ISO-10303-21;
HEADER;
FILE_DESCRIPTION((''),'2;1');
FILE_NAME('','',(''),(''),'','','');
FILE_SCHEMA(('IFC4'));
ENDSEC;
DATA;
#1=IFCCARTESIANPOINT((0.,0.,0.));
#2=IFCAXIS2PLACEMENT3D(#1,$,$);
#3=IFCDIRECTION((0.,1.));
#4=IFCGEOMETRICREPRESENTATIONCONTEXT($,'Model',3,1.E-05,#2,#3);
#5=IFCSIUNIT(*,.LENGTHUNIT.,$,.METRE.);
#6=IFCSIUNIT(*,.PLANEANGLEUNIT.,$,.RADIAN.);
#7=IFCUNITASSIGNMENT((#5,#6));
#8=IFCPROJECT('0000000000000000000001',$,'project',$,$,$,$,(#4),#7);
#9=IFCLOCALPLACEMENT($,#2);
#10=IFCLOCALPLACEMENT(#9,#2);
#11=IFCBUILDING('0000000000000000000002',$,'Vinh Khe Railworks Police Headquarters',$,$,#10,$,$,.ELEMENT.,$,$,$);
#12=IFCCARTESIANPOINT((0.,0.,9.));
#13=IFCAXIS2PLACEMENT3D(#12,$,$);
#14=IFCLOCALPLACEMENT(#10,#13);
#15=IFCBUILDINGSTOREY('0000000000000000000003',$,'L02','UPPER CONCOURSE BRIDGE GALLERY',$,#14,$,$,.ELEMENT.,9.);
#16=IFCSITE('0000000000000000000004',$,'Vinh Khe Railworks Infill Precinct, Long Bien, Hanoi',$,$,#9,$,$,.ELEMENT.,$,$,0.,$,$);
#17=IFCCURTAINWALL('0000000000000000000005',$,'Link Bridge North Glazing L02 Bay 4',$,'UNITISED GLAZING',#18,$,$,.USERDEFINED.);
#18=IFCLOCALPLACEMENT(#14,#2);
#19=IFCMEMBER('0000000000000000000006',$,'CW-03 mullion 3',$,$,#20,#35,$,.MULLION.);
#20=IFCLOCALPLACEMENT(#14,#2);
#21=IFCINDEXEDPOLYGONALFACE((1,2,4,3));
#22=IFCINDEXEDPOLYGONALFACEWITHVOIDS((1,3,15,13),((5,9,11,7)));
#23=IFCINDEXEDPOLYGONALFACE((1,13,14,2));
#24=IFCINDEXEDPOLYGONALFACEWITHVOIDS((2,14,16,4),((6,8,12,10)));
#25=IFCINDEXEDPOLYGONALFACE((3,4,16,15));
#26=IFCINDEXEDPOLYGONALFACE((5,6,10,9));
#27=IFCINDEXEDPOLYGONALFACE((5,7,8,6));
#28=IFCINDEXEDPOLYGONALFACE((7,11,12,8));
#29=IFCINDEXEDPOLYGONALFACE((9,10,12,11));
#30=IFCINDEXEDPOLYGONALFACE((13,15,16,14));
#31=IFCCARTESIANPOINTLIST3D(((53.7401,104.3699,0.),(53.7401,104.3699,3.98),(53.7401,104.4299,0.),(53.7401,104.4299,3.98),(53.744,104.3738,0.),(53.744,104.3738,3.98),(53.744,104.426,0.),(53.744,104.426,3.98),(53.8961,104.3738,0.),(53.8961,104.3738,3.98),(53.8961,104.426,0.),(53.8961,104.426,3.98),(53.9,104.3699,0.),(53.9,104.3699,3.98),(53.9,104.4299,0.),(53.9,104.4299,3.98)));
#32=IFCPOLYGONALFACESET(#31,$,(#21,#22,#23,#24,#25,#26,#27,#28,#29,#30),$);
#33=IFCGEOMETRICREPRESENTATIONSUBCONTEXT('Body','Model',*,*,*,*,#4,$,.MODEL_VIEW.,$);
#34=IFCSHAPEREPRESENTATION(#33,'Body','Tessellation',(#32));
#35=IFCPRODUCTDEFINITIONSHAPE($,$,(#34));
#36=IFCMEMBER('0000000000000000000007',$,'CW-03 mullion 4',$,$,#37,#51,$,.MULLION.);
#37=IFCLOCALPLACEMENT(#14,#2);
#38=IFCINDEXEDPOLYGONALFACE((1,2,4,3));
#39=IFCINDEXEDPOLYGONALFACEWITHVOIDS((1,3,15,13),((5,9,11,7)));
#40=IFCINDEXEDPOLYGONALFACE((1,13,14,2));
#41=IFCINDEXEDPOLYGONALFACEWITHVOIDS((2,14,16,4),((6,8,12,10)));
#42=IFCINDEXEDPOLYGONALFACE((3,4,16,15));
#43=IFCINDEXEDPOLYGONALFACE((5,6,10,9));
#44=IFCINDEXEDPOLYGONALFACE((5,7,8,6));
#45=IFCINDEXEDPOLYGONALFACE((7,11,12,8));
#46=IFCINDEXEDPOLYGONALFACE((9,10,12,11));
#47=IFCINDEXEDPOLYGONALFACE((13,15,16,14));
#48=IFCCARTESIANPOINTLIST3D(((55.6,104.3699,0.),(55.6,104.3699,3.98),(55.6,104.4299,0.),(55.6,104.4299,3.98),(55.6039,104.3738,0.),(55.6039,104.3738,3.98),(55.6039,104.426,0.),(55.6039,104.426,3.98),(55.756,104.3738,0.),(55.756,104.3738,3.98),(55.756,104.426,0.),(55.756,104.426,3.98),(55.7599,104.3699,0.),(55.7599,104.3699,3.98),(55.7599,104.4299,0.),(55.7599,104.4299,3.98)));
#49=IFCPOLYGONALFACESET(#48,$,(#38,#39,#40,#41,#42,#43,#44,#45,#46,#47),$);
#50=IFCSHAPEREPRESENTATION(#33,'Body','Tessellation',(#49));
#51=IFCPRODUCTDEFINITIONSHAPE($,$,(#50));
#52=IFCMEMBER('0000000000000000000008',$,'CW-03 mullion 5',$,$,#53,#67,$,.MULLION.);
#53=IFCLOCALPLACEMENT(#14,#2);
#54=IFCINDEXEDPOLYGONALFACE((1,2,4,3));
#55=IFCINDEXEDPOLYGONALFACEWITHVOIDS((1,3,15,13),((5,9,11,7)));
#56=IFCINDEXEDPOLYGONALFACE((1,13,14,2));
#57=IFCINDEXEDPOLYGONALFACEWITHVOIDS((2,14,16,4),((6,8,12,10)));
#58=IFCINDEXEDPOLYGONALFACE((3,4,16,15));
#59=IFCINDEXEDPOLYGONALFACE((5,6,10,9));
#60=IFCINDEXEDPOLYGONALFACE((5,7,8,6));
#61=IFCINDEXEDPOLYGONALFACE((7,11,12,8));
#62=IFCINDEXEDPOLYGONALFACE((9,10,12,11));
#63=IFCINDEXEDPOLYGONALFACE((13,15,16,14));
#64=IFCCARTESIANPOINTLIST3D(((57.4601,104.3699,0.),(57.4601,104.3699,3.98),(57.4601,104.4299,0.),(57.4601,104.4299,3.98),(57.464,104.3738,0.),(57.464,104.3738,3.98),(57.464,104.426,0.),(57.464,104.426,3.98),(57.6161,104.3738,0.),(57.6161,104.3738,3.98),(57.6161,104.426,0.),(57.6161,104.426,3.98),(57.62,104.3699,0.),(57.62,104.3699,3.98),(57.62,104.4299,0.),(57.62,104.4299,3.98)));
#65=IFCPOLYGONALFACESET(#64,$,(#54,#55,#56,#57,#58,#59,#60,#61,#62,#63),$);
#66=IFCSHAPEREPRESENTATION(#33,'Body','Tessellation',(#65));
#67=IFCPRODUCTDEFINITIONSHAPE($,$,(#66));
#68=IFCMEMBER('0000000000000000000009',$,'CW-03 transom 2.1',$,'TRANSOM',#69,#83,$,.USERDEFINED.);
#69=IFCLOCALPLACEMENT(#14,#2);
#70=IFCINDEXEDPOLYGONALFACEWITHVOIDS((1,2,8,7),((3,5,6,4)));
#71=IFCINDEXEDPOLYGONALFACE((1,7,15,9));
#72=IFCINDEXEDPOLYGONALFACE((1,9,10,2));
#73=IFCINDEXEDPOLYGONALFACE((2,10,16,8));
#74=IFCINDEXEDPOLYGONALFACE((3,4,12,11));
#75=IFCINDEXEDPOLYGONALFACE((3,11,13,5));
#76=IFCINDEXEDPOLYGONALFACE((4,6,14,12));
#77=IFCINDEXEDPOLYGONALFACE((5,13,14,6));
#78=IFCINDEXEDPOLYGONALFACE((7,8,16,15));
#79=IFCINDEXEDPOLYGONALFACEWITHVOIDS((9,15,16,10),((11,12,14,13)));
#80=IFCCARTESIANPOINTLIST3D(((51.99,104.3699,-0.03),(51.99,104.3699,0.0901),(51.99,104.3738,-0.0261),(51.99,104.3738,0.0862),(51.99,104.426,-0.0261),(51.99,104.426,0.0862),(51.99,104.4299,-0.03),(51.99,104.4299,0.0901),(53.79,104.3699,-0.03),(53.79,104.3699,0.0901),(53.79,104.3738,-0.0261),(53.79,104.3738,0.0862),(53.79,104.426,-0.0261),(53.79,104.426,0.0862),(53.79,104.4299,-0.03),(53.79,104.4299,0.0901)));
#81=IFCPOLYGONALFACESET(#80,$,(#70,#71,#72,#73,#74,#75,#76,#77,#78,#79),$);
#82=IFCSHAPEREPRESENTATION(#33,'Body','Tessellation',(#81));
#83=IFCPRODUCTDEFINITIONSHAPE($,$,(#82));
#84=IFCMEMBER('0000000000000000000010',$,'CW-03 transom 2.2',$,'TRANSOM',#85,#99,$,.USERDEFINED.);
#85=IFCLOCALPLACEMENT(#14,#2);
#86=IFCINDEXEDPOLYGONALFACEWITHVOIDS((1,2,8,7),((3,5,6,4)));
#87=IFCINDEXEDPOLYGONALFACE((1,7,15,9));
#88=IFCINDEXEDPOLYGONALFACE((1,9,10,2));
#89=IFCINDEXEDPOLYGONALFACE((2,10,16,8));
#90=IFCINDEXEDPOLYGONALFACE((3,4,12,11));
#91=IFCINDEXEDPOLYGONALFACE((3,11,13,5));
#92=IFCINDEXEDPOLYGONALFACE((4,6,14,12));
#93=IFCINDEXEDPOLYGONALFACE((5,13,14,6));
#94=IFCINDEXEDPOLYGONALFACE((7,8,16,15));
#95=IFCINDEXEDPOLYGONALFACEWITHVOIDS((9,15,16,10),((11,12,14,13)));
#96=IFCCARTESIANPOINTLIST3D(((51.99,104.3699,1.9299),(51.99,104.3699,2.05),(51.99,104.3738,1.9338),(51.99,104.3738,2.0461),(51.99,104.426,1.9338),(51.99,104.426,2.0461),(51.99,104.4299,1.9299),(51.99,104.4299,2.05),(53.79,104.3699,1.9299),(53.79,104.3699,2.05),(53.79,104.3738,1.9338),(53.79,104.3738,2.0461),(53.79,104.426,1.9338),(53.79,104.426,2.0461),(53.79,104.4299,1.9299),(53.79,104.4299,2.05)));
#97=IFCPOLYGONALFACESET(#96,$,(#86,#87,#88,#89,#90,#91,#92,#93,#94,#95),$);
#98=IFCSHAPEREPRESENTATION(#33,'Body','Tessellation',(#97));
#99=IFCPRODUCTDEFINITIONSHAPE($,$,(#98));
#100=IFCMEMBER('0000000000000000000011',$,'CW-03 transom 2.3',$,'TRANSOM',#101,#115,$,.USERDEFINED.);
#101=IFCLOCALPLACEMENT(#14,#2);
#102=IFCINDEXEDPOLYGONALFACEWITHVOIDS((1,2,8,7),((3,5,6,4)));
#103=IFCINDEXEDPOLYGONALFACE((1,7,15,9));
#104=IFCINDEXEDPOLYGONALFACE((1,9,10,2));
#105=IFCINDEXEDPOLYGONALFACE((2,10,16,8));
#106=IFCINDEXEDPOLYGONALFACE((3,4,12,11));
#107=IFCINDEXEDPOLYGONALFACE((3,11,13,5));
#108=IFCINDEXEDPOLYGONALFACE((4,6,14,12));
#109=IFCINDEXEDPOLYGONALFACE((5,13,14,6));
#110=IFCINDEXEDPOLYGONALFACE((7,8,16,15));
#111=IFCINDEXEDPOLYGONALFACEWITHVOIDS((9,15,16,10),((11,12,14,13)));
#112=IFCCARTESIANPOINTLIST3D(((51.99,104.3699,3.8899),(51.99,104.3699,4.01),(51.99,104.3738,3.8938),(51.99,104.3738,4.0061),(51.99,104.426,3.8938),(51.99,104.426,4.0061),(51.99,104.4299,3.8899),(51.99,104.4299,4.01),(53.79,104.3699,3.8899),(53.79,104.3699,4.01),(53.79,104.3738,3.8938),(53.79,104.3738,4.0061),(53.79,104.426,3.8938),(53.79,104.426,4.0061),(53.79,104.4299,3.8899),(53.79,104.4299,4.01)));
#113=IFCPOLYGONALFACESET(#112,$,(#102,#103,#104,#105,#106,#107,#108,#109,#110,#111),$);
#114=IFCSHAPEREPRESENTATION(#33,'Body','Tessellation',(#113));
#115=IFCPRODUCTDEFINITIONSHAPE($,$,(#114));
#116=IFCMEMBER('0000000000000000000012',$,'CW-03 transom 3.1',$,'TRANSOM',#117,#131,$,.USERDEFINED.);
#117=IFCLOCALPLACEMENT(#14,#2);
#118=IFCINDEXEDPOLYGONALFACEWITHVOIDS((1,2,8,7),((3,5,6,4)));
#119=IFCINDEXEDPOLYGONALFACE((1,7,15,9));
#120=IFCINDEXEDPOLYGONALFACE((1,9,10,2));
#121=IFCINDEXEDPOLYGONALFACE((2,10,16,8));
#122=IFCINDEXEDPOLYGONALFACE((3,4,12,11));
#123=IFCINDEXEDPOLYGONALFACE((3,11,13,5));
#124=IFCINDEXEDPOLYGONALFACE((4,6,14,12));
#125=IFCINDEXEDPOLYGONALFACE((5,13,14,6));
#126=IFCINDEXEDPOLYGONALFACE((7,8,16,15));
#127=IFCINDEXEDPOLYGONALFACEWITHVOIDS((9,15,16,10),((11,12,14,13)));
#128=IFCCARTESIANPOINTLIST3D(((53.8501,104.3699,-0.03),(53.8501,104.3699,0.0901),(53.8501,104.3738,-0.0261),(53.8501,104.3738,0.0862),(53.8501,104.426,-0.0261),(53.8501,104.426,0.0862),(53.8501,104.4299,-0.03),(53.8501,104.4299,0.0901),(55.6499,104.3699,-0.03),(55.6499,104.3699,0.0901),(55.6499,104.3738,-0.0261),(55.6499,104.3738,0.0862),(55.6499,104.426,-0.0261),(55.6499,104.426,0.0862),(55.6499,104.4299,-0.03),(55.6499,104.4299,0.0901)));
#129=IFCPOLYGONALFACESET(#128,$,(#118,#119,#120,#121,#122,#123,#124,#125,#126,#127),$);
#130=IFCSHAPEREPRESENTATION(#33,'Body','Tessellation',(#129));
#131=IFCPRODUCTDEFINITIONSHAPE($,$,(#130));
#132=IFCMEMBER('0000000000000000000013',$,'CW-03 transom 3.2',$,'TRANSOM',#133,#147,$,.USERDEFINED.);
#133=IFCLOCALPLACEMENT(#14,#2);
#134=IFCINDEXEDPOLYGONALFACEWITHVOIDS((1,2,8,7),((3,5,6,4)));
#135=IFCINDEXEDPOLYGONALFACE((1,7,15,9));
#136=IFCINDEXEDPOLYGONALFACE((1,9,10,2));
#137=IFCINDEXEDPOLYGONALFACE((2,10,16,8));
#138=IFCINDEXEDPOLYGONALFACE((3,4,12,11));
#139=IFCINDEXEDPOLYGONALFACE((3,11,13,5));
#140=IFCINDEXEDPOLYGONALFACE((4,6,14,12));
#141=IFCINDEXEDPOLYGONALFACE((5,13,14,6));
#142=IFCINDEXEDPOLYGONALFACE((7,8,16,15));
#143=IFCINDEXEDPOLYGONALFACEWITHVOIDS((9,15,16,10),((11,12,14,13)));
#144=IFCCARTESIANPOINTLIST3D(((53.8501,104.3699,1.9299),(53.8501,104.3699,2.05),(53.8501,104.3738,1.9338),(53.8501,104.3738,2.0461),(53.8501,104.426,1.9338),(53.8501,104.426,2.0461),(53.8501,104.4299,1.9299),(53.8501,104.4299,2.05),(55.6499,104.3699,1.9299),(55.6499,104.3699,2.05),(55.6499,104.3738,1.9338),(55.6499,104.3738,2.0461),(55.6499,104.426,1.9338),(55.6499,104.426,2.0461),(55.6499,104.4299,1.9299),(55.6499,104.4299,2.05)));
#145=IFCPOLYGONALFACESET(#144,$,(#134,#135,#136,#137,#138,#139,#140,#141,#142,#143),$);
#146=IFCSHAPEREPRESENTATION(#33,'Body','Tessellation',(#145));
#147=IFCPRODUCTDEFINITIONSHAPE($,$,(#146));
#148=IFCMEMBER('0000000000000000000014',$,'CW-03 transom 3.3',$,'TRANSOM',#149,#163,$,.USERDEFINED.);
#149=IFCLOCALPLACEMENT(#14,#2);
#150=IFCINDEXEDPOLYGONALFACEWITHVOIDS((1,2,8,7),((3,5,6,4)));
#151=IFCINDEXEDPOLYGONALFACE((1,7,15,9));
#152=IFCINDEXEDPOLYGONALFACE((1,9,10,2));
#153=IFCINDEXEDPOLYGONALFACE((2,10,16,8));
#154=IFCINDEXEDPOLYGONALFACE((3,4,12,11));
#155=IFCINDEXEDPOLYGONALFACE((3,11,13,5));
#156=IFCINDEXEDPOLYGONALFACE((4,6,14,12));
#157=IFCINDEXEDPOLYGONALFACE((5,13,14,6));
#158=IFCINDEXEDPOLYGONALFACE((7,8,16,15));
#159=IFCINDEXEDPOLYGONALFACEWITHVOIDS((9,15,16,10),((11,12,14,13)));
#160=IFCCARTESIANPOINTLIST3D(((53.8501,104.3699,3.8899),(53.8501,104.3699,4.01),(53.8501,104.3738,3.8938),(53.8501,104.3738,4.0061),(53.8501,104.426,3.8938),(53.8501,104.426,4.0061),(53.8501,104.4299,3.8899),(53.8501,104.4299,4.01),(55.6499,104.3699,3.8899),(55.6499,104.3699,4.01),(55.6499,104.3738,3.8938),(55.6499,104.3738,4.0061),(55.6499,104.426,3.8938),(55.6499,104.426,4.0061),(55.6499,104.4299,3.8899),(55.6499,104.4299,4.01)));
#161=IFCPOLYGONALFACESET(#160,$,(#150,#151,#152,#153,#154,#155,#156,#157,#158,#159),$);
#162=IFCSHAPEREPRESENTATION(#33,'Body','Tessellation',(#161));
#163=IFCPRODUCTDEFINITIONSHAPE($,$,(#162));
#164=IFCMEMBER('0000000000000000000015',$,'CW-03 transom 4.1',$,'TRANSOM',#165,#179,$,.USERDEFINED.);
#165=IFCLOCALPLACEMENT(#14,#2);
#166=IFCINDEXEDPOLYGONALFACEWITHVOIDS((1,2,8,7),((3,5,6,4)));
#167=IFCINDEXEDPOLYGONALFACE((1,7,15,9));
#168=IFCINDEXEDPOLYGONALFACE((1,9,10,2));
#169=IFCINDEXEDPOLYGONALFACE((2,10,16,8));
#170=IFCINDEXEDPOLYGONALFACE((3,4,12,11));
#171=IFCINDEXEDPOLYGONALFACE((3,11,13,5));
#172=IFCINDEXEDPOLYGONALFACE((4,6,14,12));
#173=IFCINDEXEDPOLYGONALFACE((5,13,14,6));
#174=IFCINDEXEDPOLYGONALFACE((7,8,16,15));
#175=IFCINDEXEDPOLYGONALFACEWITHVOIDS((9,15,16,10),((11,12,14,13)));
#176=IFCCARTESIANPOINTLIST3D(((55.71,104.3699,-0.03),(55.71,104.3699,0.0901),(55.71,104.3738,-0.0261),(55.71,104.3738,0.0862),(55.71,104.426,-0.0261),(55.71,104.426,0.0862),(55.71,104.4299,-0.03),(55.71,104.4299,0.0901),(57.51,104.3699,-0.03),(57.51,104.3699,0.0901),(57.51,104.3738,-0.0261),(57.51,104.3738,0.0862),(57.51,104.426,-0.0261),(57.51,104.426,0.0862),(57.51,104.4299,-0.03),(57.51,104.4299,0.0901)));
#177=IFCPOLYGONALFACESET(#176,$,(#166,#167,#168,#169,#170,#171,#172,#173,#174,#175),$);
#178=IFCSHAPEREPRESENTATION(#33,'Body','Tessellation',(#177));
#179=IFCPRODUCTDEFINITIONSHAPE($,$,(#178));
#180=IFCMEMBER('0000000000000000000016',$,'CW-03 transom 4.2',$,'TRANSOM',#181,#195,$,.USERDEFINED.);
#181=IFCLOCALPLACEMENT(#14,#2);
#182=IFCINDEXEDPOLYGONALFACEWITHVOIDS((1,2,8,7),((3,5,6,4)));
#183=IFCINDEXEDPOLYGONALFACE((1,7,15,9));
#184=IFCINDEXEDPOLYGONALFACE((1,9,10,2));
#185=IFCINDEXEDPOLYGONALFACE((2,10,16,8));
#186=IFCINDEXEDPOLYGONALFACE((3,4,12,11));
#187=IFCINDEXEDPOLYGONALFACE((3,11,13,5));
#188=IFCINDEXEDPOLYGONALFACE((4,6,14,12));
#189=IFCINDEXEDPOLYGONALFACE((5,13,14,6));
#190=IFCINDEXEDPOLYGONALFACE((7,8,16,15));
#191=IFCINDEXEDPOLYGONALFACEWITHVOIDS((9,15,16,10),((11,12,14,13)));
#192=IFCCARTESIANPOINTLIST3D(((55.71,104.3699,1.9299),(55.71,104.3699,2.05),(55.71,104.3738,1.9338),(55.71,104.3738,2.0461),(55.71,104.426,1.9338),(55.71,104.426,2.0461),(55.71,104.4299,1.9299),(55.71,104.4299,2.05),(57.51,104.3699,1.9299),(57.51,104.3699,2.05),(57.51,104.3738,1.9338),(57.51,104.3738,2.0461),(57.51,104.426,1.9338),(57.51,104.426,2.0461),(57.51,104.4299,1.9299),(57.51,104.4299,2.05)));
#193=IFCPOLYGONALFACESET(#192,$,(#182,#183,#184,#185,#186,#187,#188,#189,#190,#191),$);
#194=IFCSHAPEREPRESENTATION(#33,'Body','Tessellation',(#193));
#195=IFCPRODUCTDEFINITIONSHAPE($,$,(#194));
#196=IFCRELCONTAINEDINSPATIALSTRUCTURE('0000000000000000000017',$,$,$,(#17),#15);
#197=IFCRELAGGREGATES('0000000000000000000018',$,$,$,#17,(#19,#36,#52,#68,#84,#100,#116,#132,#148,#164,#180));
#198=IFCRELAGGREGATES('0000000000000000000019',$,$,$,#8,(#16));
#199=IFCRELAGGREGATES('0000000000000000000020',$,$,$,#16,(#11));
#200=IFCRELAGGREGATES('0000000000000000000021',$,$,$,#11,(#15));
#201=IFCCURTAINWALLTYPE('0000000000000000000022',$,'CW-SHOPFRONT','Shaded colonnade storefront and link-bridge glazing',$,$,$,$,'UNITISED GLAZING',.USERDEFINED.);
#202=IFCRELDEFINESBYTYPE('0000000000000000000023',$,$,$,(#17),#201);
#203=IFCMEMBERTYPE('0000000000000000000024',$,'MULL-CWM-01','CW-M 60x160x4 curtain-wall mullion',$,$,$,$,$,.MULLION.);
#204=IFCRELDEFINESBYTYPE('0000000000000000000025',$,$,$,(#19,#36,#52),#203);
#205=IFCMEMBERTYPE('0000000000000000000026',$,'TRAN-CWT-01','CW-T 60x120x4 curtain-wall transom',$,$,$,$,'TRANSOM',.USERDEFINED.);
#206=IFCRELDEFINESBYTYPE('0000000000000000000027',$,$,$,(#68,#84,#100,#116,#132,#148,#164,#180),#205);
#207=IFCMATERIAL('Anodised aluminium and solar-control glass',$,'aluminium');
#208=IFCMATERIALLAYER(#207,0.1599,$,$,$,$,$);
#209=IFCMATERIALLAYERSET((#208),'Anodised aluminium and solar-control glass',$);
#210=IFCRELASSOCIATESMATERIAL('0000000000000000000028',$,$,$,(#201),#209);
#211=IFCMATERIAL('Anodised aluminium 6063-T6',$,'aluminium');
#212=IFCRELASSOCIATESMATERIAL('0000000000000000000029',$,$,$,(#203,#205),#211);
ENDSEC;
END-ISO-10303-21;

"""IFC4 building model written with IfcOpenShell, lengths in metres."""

from ifc_helpers import new_model, si_unit, direction, frame, origin, origin_2d, place, context, subcontext, project, spatial, hollow_rectangle, extrude, material, layer, layer_set, material_profile, profile_set, type_object, element, aggregate, save


model = new_model("IFC4")

# Units and contexts
model_context = context("Model", 3, precision=1e-05, world=origin(), true_north=direction((0.0, 1.0)))
body_context = subcontext(model_context, "Body", "Model", "MODEL_VIEW")
ifc_project = project(units=[si_unit("LENGTHUNIT", "METRE"), si_unit("PLANEANGLEUNIT", "RADIAN")], contexts=[model_context])

# Site, building, storey
site_placement = place(None, origin())
site = spatial("IfcSite", under=ifc_project, at=site_placement, Name="Vinh Khe Railworks Infill Precinct, Long Bien, Hanoi", CompositionType="ELEMENT", RefElevation=0.0)
building_placement = place(site_placement, origin())
building = spatial("IfcBuilding", under=site, at=building_placement, Name="Vinh Khe Railworks Police Headquarters", CompositionType="ELEMENT")
storey_placement = place(building_placement, frame((0.0, 0.0, 9.0)))
storey = spatial("IfcBuildingStorey", under=building, at=storey_placement, Name="L02", Description="UPPER CONCOURSE BRIDGE GALLERY", CompositionType="ELEMENT", Elevation=9.0)

# Curtain wall, members
ifc_material_1 = material(Name="Anodised aluminium and solar-control glass", Category="aluminium")
ifc_layer_1 = layer(ifc_material_1, 0.1599)
ifc_layer_set_1 = layer_set([ifc_layer_1], Name="Anodised aluminium and solar-control glass")
curtain_wall_type = type_object("IfcCurtainWallType", Name="CW-SHOPFRONT", Description="Shaded colonnade storefront and link-bridge glazing", ElementType="UNITISED GLAZING", PredefinedType="USERDEFINED", material=ifc_layer_set_1)
curtain_wall_placement = place(storey_placement, origin())
curtain_wall = element("IfcCurtainWall", 1, at=curtain_wall_placement, inside=storey, type_object=curtain_wall_type, Name="Link Bridge North Glazing L02 Bay 4", ObjectType="UNITISED GLAZING", PredefinedType="USERDEFINED")
ifc_material_2 = material(Name="Anodised aluminium 6063-T6", Category="aluminium")
ifc_material_profile_1 = material_profile(ifc_material_2, hollow_rectangle(XDim=0.0601, YDim=0.1599, WallThickness=0.0039, at=origin_2d()), Name="CW-M 60x160x4")
ifc_profile_set_1 = profile_set([ifc_material_profile_1], Name="Anodised aluminium 6063-T6")
member_type_1 = type_object("IfcMemberType", Name="MULL-CWM-01", Description="CW-M 60x160x4 curtain-wall mullion", PredefinedType="MULLION", material=ifc_profile_set_1)
member_1_placement = place(storey_placement, frame((53.8201, 104.3999, 0.0), z_axis=(0.0, 0.0, 1.0), x_axis=(0.0, 1.0, 0.0)))
member_1 = element("IfcMember", 2, at=member_1_placement, type_object=member_type_1, Name="CW-03 mullion 3", PredefinedType="MULLION", context=body_context, shape_type="SweptSolid", body=[
    extrude(hollow_rectangle(XDim=0.0601, YDim=0.1599, WallThickness=0.0039, at=origin_2d()), origin(), (0.0, 0.0, 1.0), 3.98),
])
member_2_placement = place(storey_placement, frame((55.6799, 104.3999, 0.0), z_axis=(0.0, 0.0, 1.0), x_axis=(0.0, 1.0, 0.0)))
member_2 = element("IfcMember", 3, at=member_2_placement, type_object=member_type_1, Name="CW-03 mullion 4", PredefinedType="MULLION", context=body_context, shape_type="SweptSolid", body=[
    extrude(hollow_rectangle(XDim=0.0601, YDim=0.1599, WallThickness=0.0039, at=origin_2d()), origin(), (0.0, 0.0, 1.0), 3.98),
])
member_3_placement = place(storey_placement, frame((57.54, 104.3999, 0.0), z_axis=(0.0, 0.0, 1.0), x_axis=(0.0, 1.0, 0.0)))
member_3 = element("IfcMember", 4, at=member_3_placement, type_object=member_type_1, Name="CW-03 mullion 5", PredefinedType="MULLION", context=body_context, shape_type="SweptSolid", body=[
    extrude(hollow_rectangle(XDim=0.0601, YDim=0.1599, WallThickness=0.0039, at=origin_2d()), origin(), (0.0, 0.0, 1.0), 3.98),
])
ifc_material_profile_2 = material_profile(ifc_material_2, hollow_rectangle(XDim=0.0601, YDim=0.1201, WallThickness=0.0039, at=origin_2d()), Name="CW-T 60x120x4")
ifc_profile_set_2 = profile_set([ifc_material_profile_2], Name="Anodised aluminium 6063-T6")
member_type_2 = type_object("IfcMemberType", Name="TRAN-CWT-01", Description="CW-T 60x120x4 curtain-wall transom", ElementType="TRANSOM", PredefinedType="USERDEFINED", material=ifc_profile_set_2)
member_4_placement = place(storey_placement, frame((51.99, 104.3999, 0.03), z_axis=(1.0, 0.0, 0.0), x_axis=(0.0, 1.0, 0.0)))
member_4 = element("IfcMember", 5, at=member_4_placement, type_object=member_type_2, Name="CW-03 transom 2.1", ObjectType="TRANSOM", PredefinedType="USERDEFINED", context=body_context, shape_type="SweptSolid", body=[
    extrude(hollow_rectangle(XDim=0.0601, YDim=0.1201, WallThickness=0.0039, at=origin_2d()), origin(), (0.0, 0.0, 1.0), 1.8),
])
member_5_placement = place(storey_placement, frame((51.99, 104.3999, 1.99), z_axis=(1.0, 0.0, 0.0), x_axis=(0.0, 1.0, 0.0)))
member_5 = element("IfcMember", 6, at=member_5_placement, type_object=member_type_2, Name="CW-03 transom 2.2", ObjectType="TRANSOM", PredefinedType="USERDEFINED", context=body_context, shape_type="SweptSolid", body=[
    extrude(hollow_rectangle(XDim=0.0601, YDim=0.1201, WallThickness=0.0039, at=origin_2d()), origin(), (0.0, 0.0, 1.0), 1.8),
])
member_6_placement = place(storey_placement, frame((51.99, 104.3999, 3.95), z_axis=(1.0, 0.0, 0.0), x_axis=(0.0, 1.0, 0.0)))
member_6 = element("IfcMember", 7, at=member_6_placement, type_object=member_type_2, Name="CW-03 transom 2.3", ObjectType="TRANSOM", PredefinedType="USERDEFINED", context=body_context, shape_type="SweptSolid", body=[
    extrude(hollow_rectangle(XDim=0.0601, YDim=0.1201, WallThickness=0.0039, at=origin_2d()), origin(), (0.0, 0.0, 1.0), 1.8),
])
member_7_placement = place(storey_placement, frame((53.8501, 104.3999, 0.03), z_axis=(1.0, 0.0, 0.0), x_axis=(0.0, 1.0, 0.0)))
member_7 = element("IfcMember", 8, at=member_7_placement, type_object=member_type_2, Name="CW-03 transom 3.1", ObjectType="TRANSOM", PredefinedType="USERDEFINED", context=body_context, shape_type="SweptSolid", body=[
    extrude(hollow_rectangle(XDim=0.0601, YDim=0.1201, WallThickness=0.0039, at=origin_2d()), origin(), (0.0, 0.0, 1.0), 1.7998),
])
member_8_placement = place(storey_placement, frame((53.8501, 104.3999, 1.99), z_axis=(1.0, 0.0, 0.0), x_axis=(0.0, 1.0, 0.0)))
member_8 = element("IfcMember", 9, at=member_8_placement, type_object=member_type_2, Name="CW-03 transom 3.2", ObjectType="TRANSOM", PredefinedType="USERDEFINED", context=body_context, shape_type="SweptSolid", body=[
    extrude(hollow_rectangle(XDim=0.0601, YDim=0.1201, WallThickness=0.0039, at=origin_2d()), origin(), (0.0, 0.0, 1.0), 1.7998),
])
member_9_placement = place(storey_placement, frame((53.8501, 104.3999, 3.95), z_axis=(1.0, 0.0, 0.0), x_axis=(0.0, 1.0, 0.0)))
member_9 = element("IfcMember", 10, at=member_9_placement, type_object=member_type_2, Name="CW-03 transom 3.3", ObjectType="TRANSOM", PredefinedType="USERDEFINED", context=body_context, shape_type="SweptSolid", body=[
    extrude(hollow_rectangle(XDim=0.0601, YDim=0.1201, WallThickness=0.0039, at=origin_2d()), origin(), (0.0, 0.0, 1.0), 1.7998),
])
member_10_placement = place(storey_placement, frame((55.71, 104.3999, 0.03), z_axis=(1.0, 0.0, 0.0), x_axis=(0.0, 1.0, 0.0)))
member_10 = element("IfcMember", 11, at=member_10_placement, type_object=member_type_2, Name="CW-03 transom 4.1", ObjectType="TRANSOM", PredefinedType="USERDEFINED", context=body_context, shape_type="SweptSolid", body=[
    extrude(hollow_rectangle(XDim=0.0601, YDim=0.1201, WallThickness=0.0039, at=origin_2d()), origin(), (0.0, 0.0, 1.0), 1.8),
])
member_11_placement = place(storey_placement, frame((55.71, 104.3999, 1.99), z_axis=(1.0, 0.0, 0.0), x_axis=(0.0, 1.0, 0.0)))
member_11 = element("IfcMember", 12, at=member_11_placement, type_object=member_type_2, Name="CW-03 transom 4.2", ObjectType="TRANSOM", PredefinedType="USERDEFINED", context=body_context, shape_type="SweptSolid", body=[
    extrude(hollow_rectangle(XDim=0.0601, YDim=0.1201, WallThickness=0.0039, at=origin_2d()), origin(), (0.0, 0.0, 1.0), 1.8),
])
aggregate(curtain_wall, [member_1, member_2, member_3, member_4, member_5, member_6, member_7, member_8, member_9, member_10, member_11])

save(model, "model.ifc")
